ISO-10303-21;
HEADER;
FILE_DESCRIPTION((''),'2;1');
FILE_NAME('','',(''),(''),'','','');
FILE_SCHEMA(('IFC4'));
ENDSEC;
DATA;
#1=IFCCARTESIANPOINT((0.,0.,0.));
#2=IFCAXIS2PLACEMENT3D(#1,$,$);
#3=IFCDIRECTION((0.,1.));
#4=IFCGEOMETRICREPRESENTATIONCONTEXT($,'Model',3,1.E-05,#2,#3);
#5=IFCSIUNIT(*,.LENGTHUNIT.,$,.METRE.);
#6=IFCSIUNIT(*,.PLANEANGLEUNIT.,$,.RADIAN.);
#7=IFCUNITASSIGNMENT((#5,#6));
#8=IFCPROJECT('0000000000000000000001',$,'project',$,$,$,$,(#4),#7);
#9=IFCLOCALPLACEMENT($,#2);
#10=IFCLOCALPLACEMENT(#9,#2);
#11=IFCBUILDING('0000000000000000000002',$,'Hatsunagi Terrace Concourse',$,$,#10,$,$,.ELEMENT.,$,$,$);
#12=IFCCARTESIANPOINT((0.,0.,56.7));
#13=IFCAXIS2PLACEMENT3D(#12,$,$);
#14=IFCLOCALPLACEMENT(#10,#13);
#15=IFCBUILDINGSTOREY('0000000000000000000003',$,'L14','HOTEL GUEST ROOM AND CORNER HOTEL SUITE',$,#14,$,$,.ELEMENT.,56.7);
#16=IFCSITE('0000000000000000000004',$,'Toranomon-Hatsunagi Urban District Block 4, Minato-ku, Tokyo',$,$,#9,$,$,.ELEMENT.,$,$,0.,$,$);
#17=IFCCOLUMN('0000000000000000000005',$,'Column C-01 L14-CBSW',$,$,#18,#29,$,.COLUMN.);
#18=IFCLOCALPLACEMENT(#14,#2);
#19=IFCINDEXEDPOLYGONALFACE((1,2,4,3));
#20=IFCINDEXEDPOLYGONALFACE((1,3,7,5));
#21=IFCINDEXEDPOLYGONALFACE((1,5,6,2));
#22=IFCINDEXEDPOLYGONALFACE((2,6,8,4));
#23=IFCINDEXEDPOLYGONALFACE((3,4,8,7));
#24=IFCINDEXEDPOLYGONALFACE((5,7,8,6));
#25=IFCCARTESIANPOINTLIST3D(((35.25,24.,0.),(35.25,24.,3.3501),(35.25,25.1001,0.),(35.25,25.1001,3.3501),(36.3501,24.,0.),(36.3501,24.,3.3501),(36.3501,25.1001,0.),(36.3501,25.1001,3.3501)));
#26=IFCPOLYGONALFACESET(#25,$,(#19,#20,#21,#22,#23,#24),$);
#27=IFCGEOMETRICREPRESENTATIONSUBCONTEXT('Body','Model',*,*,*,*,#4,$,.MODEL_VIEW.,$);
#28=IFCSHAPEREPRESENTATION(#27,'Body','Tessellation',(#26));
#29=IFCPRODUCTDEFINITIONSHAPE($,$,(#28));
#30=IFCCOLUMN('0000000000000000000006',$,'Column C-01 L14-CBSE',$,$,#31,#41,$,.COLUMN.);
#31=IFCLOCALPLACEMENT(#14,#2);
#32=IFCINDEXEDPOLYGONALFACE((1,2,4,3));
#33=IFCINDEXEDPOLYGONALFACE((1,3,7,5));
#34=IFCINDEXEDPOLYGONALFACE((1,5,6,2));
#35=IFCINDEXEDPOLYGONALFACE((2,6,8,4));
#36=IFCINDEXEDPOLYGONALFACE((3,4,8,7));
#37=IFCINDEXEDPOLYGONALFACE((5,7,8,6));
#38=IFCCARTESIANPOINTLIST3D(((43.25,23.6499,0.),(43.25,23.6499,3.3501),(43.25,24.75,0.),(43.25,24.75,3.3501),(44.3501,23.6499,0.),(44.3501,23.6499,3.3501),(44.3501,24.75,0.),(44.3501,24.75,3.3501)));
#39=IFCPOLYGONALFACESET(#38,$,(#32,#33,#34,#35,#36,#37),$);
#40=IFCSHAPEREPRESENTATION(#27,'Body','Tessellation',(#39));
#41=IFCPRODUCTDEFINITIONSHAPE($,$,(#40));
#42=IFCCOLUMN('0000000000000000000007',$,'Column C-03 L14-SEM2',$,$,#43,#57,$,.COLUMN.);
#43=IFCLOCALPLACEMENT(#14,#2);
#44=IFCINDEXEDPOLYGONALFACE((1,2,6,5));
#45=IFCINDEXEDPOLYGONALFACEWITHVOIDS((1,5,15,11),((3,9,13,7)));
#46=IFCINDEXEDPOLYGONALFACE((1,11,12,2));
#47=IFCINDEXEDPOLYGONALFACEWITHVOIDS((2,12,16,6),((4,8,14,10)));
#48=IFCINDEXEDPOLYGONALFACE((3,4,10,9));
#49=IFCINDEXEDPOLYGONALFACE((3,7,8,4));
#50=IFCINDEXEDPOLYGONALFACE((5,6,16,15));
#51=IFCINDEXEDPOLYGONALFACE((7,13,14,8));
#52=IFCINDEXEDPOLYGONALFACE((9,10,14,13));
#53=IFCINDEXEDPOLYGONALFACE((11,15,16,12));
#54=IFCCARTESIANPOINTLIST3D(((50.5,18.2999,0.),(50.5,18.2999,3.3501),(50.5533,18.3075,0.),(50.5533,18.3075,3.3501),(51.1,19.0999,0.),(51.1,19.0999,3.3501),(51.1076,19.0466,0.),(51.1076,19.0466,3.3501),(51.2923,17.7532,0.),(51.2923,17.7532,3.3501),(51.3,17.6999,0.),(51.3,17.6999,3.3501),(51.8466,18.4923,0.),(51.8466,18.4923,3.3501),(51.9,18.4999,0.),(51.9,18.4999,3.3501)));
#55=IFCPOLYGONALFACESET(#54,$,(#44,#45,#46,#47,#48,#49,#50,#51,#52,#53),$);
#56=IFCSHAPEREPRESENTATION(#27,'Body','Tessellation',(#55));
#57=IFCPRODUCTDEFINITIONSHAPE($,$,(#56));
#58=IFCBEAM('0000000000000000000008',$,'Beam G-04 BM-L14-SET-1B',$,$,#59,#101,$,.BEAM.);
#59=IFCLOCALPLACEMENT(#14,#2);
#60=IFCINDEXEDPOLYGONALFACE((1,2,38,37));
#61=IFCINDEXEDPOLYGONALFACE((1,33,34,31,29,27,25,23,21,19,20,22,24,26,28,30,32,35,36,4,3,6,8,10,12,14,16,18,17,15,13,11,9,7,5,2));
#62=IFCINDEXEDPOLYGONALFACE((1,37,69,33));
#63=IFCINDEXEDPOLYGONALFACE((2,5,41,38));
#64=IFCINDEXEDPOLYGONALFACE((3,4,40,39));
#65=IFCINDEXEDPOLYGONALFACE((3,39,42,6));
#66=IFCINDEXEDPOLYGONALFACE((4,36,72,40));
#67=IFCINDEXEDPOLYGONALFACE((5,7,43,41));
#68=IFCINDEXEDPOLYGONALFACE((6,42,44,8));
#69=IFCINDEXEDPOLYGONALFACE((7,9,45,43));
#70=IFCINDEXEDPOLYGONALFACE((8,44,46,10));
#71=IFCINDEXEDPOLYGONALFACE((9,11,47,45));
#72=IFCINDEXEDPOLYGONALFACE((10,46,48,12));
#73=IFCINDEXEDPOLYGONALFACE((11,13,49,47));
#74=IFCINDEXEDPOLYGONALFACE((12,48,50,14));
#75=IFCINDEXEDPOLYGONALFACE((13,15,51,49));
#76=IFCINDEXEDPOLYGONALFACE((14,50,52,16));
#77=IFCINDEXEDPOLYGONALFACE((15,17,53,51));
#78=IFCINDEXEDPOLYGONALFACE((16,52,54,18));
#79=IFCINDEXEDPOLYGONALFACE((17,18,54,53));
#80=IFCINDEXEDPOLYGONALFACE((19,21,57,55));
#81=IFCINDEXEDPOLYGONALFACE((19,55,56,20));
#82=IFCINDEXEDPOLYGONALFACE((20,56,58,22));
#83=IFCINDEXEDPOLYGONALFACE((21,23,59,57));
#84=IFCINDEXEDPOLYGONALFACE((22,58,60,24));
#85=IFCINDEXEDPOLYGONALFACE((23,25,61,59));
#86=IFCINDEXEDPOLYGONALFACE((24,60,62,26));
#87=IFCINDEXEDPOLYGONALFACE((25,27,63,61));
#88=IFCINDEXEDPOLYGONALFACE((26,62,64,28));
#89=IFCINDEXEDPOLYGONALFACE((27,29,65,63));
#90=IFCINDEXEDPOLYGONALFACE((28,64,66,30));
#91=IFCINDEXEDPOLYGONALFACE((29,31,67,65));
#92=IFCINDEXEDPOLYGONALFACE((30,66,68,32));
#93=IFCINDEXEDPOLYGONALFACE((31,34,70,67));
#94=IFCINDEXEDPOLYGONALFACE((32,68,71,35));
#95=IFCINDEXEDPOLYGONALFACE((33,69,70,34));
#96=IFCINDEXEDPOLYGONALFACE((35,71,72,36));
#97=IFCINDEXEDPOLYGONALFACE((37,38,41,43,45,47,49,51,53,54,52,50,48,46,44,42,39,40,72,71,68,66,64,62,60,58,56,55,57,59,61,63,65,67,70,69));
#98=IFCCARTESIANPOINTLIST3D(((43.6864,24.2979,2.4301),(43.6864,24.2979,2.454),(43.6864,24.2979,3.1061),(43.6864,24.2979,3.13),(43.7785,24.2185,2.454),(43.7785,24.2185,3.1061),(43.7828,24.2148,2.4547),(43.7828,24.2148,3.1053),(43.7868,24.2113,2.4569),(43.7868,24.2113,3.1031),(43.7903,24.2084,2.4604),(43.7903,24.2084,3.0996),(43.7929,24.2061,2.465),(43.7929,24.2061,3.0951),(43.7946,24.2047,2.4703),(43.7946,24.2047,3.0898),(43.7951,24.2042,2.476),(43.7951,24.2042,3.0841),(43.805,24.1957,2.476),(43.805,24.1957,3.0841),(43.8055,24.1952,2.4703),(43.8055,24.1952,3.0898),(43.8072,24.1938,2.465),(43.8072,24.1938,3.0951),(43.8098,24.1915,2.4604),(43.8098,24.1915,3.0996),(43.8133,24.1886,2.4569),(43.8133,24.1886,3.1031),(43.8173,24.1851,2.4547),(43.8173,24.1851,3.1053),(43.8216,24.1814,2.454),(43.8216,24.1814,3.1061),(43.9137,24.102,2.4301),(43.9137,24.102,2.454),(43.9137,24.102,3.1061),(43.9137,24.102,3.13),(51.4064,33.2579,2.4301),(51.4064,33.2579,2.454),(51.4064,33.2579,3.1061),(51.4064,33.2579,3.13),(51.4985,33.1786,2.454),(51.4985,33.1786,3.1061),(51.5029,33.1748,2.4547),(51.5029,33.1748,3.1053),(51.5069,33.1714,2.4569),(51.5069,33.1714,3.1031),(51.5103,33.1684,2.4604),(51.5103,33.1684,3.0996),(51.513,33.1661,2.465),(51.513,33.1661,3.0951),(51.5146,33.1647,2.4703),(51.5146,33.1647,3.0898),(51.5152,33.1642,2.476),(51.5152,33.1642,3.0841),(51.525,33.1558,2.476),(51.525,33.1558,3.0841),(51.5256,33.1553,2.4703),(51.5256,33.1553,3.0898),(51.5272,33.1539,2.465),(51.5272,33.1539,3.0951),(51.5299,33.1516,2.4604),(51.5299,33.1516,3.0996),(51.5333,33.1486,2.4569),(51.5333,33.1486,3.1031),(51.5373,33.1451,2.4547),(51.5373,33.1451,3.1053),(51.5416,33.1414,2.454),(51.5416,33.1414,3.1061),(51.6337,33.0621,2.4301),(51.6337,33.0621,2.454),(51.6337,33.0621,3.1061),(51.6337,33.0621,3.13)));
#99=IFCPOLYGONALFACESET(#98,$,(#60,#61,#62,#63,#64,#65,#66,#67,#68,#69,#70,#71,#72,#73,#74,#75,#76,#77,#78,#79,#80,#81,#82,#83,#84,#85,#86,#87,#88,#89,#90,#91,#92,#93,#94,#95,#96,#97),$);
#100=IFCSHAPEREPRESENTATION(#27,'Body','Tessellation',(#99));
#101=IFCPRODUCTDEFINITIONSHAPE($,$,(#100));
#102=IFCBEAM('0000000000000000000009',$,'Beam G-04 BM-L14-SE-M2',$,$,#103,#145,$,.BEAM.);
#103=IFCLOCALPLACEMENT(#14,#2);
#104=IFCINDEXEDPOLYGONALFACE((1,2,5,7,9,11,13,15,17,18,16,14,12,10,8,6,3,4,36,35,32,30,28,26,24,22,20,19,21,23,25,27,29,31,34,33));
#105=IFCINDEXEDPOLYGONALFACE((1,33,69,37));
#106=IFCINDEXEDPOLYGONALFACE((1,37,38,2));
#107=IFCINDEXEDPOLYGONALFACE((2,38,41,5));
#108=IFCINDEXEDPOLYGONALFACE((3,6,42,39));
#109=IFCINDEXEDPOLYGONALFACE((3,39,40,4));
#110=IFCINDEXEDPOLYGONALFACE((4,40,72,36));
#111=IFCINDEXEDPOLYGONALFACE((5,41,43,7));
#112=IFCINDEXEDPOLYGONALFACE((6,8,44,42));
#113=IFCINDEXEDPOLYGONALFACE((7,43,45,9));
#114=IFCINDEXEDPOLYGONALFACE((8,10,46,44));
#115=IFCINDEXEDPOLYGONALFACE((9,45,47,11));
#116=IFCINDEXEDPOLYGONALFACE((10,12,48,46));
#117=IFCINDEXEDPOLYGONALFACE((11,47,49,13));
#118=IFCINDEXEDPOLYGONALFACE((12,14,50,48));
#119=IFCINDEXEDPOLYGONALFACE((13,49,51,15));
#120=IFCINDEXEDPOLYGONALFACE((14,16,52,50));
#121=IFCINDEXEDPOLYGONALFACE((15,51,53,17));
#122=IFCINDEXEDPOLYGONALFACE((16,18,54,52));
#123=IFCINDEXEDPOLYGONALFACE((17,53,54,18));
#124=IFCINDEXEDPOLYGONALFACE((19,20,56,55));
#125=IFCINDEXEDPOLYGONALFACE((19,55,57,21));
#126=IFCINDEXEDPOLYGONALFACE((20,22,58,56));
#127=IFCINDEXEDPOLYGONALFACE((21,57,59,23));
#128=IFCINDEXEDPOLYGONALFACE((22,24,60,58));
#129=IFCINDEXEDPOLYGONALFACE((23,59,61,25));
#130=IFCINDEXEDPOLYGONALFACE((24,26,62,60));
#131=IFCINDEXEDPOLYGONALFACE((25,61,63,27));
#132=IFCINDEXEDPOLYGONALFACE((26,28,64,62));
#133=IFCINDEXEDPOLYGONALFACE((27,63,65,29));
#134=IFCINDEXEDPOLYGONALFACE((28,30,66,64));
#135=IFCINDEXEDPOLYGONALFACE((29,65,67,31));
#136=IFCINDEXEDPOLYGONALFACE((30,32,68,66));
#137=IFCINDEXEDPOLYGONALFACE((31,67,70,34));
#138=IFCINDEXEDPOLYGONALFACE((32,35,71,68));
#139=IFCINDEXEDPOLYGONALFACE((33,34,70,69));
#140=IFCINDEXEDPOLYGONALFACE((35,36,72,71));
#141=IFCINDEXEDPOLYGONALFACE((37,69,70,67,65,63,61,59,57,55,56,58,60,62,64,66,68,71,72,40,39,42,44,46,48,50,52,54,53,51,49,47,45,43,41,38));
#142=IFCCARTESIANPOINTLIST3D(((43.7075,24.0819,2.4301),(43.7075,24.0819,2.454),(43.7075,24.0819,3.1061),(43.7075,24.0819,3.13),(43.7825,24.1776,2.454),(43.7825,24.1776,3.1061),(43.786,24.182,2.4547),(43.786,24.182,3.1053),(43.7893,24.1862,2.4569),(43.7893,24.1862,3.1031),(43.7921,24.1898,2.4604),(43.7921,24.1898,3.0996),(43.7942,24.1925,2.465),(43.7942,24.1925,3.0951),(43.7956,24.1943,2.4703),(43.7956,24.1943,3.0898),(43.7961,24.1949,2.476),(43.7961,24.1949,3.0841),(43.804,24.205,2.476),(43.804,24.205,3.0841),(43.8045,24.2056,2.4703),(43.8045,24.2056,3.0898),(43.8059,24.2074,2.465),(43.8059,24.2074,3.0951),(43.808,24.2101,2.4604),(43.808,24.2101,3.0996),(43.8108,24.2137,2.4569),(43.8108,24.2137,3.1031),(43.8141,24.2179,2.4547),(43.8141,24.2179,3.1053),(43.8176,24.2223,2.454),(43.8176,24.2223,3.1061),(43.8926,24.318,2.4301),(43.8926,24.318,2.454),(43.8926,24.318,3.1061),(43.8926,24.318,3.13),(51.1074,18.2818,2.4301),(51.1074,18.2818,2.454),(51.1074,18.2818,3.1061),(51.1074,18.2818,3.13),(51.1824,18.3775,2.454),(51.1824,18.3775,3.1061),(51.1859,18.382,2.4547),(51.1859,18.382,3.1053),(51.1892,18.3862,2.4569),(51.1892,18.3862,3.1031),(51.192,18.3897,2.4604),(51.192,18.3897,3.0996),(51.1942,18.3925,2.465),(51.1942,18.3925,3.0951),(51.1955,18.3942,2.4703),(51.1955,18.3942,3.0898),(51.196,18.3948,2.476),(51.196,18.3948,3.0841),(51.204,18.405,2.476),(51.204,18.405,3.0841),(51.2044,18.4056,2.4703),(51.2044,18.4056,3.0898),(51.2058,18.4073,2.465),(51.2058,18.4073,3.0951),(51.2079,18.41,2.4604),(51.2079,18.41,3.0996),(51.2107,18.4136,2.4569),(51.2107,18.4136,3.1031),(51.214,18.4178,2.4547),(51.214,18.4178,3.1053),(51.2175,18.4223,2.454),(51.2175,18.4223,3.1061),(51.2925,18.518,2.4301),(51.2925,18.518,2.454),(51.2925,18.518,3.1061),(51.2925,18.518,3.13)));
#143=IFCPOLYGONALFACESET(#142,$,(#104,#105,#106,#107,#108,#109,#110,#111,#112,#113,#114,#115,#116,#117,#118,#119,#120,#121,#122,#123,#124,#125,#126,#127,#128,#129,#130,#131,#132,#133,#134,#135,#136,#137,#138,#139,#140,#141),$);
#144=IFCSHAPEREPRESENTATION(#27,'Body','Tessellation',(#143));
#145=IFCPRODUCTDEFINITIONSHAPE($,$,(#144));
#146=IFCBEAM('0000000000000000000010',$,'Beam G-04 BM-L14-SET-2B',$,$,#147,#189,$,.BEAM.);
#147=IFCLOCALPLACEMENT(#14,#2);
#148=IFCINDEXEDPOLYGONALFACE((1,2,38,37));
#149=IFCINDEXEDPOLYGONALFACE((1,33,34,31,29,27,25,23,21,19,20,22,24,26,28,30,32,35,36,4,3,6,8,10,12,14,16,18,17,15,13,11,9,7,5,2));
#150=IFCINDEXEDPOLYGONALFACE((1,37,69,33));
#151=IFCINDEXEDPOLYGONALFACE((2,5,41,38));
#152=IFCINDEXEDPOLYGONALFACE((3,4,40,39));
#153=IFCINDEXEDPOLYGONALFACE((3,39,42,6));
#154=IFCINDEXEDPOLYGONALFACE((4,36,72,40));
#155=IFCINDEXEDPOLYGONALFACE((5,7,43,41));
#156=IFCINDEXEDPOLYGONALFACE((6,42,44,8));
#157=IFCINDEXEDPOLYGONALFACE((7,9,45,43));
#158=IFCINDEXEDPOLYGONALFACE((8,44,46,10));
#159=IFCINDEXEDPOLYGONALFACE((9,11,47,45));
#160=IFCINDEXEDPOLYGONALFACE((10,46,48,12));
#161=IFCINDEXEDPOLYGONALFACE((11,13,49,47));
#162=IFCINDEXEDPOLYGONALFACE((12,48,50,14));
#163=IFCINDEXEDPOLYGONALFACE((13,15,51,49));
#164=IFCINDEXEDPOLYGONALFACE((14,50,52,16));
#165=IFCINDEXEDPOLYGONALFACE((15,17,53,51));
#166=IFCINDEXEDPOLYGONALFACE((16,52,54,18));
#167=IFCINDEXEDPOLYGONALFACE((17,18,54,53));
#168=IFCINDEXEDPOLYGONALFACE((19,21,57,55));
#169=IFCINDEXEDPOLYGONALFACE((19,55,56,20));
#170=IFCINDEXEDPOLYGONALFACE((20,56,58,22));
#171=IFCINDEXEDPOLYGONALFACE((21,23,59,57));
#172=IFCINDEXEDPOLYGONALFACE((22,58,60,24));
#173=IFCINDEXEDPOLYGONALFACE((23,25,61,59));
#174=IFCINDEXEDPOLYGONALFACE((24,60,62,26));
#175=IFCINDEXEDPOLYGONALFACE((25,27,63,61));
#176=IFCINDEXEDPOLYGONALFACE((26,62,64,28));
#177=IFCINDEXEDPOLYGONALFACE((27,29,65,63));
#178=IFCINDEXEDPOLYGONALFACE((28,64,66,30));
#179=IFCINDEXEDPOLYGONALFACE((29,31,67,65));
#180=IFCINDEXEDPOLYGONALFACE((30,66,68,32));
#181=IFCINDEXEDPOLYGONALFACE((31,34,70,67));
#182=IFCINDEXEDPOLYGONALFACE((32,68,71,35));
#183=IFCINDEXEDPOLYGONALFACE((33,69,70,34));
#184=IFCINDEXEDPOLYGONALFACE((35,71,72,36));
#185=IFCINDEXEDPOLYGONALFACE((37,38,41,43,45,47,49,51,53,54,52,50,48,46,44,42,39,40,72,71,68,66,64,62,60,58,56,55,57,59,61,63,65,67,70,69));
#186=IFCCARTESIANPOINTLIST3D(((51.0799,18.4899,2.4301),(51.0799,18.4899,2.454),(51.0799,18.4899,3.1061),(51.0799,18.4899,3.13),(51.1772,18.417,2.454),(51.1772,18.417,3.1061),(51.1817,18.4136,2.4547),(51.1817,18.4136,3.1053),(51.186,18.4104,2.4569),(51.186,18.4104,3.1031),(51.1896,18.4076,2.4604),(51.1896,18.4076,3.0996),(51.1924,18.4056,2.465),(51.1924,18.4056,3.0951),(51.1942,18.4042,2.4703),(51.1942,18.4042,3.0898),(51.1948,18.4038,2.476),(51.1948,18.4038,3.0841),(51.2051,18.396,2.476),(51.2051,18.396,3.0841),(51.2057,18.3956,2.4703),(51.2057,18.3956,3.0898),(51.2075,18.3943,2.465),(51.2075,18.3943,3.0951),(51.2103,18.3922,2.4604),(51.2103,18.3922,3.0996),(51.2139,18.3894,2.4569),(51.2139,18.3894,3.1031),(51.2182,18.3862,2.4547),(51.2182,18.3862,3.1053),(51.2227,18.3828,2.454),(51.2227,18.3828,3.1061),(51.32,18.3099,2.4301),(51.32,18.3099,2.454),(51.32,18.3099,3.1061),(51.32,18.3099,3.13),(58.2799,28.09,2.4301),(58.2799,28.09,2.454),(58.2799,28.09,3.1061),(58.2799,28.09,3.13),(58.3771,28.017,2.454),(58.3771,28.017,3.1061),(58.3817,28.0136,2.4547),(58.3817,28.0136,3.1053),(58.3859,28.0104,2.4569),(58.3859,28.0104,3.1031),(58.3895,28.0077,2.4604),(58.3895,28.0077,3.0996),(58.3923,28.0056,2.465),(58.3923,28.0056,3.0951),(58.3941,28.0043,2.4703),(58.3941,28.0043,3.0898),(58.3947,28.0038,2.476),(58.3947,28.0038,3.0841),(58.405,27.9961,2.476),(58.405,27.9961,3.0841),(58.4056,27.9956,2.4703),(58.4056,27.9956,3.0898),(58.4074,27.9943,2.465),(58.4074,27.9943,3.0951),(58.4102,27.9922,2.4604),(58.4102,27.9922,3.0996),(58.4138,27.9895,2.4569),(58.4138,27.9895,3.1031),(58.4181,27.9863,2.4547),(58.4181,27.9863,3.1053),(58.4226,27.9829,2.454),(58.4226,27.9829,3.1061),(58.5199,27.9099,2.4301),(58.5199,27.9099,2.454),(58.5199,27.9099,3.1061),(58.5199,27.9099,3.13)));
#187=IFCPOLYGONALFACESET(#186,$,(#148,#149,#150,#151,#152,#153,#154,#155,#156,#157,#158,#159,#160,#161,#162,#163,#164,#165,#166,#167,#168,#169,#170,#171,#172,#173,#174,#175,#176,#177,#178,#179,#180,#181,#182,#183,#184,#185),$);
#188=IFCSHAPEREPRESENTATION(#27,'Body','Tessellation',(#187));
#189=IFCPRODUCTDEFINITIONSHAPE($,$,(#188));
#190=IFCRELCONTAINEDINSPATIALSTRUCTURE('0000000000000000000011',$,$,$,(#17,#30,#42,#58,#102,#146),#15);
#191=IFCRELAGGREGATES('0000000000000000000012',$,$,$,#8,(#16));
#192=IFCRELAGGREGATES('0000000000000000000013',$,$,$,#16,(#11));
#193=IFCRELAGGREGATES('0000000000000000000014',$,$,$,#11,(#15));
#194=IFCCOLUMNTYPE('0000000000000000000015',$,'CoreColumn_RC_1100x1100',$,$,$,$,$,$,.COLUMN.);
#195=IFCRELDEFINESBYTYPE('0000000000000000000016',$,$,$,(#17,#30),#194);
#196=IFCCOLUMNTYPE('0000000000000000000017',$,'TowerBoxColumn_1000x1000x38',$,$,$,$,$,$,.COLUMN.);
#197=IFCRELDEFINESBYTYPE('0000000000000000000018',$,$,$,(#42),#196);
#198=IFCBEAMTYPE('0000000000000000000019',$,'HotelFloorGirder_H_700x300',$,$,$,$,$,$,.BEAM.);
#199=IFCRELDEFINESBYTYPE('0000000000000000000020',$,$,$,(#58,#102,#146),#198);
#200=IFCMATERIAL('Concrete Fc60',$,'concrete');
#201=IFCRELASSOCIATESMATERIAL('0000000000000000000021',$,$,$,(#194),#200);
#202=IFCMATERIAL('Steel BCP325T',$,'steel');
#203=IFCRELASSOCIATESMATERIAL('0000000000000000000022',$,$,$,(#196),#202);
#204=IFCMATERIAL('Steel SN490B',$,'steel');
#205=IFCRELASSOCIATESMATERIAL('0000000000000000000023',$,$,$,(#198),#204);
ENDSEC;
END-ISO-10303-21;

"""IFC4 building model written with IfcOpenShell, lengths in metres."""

from ifc_helpers import new_model, si_unit, direction, frame, origin, origin_2d, place, context, subcontext, project, spatial, rectangle, hollow_rectangle, i_section, extrude, material, material_profile, profile_set, type_object, element, save


model = new_model("IFC4")

# Units and contexts
model_context = context("Model", 3, precision=1e-05, world=origin(), true_north=direction((0.0, 1.0)))
body_context = subcontext(model_context, "Body", "Model", "MODEL_VIEW")
ifc_project = project(units=[si_unit("LENGTHUNIT", "METRE"), si_unit("PLANEANGLEUNIT", "RADIAN")], contexts=[model_context])

# Site, building, storey
site_placement = place(None, origin())
site = spatial("IfcSite", under=ifc_project, at=site_placement, Name="Toranomon-Hatsunagi Urban District Block 4, Minato-ku, Tokyo", CompositionType="ELEMENT", RefElevation=0.0)
building_placement = place(site_placement, origin())
building = spatial("IfcBuilding", under=site, at=building_placement, Name="Hatsunagi Terrace Concourse", CompositionType="ELEMENT")
storey_placement = place(building_placement, frame((0.0, 0.0, 56.7)))
storey = spatial("IfcBuildingStorey", under=building, at=storey_placement, Name="L14", Description="HOTEL GUEST ROOM AND CORNER HOTEL SUITE", CompositionType="ELEMENT", Elevation=56.7)

# Columns
ifc_material_1 = material(Name="Concrete Fc60", Category="concrete")
ifc_material_profile_1 = material_profile(ifc_material_1, rectangle(XDim=1.1001, YDim=1.1001, at=origin_2d()), Name="RC-1100x1100")
ifc_profile_set_1 = profile_set([ifc_material_profile_1], Name="Concrete Fc60")
column_type_1 = type_object("IfcColumnType", Name="CoreColumn_RC_1100x1100", PredefinedType="COLUMN", material=ifc_profile_set_1)
for number, where, z_axis, x_axis, name in (
    (1, (35.8, 24.55, 0.0), (0.0, 0.0, 1.0), (1.0, 0.0, 0.0), "Column C-01 L14-CBSW"),
    (2, (43.8, 24.2, 0.0), (0.0, 0.0, 1.0), (1.0, 0.0, 0.0), "Column C-01 L14-CBSE"),
):
    element("IfcColumn", number, at=place(storey_placement, frame(where, z_axis=z_axis, x_axis=x_axis)), inside=storey, type_object=column_type_1, Name=name, PredefinedType="COLUMN", context=body_context, shape_type="SweptSolid", body=[
        extrude(rectangle(XDim=1.1001, YDim=1.1001, at=origin_2d()), origin(), (0.0, 0.0, 1.0), 3.3501),
    ])
ifc_material_2 = material(Name="Steel BCP325T", Category="steel")
ifc_material_profile_2 = material_profile(ifc_material_2, hollow_rectangle(XDim=1.0, YDim=1.0, WallThickness=0.0381, at=origin_2d()), Name="BCP-1000x1000x38")
ifc_profile_set_2 = profile_set([ifc_material_profile_2], Name="Steel BCP325T")
column_type_2 = type_object("IfcColumnType", Name="TowerBoxColumn_1000x1000x38", PredefinedType="COLUMN", material=ifc_profile_set_2)
column_placement = place(storey_placement, frame((51.2, 18.3999, 0.0), z_axis=(0.0, 0.0, 1.0), x_axis=(0.8, -0.6, 0.0)))
element("IfcColumn", 3, at=column_placement, inside=storey, type_object=column_type_2, Name="Column C-03 L14-SEM2", PredefinedType="COLUMN", context=body_context, shape_type="SweptSolid", body=[
    extrude(hollow_rectangle(XDim=1.0, YDim=1.0, WallThickness=0.0381, at=origin_2d()), origin(), (0.0, 0.0, 1.0), 3.3501),
])

# Beams
ifc_material_3 = material(Name="Steel SN490B", Category="steel")
ifc_material_profile_3 = material_profile(ifc_material_3, i_section(OverallWidth=0.3, OverallDepth=0.7, WebThickness=0.0129, FlangeThickness=0.0239, FilletRadius=0.022, at=origin_2d()), Name="H-700x300x13x24")
ifc_profile_set_3 = profile_set([ifc_material_profile_3], Name="Steel SN490B")
beam_type_1 = type_object("IfcBeamType", Name="HotelFloorGirder_H_700x300", PredefinedType="BEAM", material=ifc_profile_set_3)
beam_1_placement = place(storey_placement, frame((43.8, 24.2, 2.78), z_axis=(0.652739, 0.757583, 0.0), x_axis=(-0.757583, 0.652739, 0.0)))
element("IfcBeam", 4, at=beam_1_placement, inside=storey, type_object=beam_type_1, Name="Beam G-04 BM-L14-SET-1B", PredefinedType="BEAM", context=body_context, shape_type="SweptSolid", body=[
    extrude(i_section(OverallWidth=0.3, OverallDepth=0.7, WebThickness=0.0129, FlangeThickness=0.0239, FilletRadius=0.022, at=origin_2d()), origin(), (0.0, 0.0, 1.0), 11.8271),
])
beam_2_placement = place(storey_placement, frame((43.8, 24.2, 2.78), z_axis=(0.787049, -0.61689, 0.0), x_axis=(0.61689, 0.787049, 0.0)))
element("IfcBeam", 5, at=beam_2_placement, inside=storey, type_object=beam_type_1, Name="Beam G-04 BM-L14-SE-M2", PredefinedType="BEAM", context=body_context, shape_type="SweptSolid", body=[
    extrude(i_section(OverallWidth=0.3, OverallDepth=0.7, WebThickness=0.0129, FlangeThickness=0.0239, FilletRadius=0.022, at=origin_2d()), origin(), (0.0, 0.0, 1.0), 9.4021),
])
beam_3_placement = place(storey_placement, frame((51.2, 18.3999, 2.78), z_axis=(0.599993, 0.800005, 0.0), x_axis=(-0.800005, 0.599993, 0.0)))
element("IfcBeam", 6, at=beam_3_placement, inside=storey, type_object=beam_type_1, Name="Beam G-04 BM-L14-SET-2B", PredefinedType="BEAM", context=body_context, shape_type="SweptSolid", body=[
    extrude(i_section(OverallWidth=0.3, OverallDepth=0.7, WebThickness=0.0129, FlangeThickness=0.0239, FilletRadius=0.022, at=origin_2d()), origin(), (0.0, 0.0, 1.0), 12.0),
])

save(model, "model.ifc")
